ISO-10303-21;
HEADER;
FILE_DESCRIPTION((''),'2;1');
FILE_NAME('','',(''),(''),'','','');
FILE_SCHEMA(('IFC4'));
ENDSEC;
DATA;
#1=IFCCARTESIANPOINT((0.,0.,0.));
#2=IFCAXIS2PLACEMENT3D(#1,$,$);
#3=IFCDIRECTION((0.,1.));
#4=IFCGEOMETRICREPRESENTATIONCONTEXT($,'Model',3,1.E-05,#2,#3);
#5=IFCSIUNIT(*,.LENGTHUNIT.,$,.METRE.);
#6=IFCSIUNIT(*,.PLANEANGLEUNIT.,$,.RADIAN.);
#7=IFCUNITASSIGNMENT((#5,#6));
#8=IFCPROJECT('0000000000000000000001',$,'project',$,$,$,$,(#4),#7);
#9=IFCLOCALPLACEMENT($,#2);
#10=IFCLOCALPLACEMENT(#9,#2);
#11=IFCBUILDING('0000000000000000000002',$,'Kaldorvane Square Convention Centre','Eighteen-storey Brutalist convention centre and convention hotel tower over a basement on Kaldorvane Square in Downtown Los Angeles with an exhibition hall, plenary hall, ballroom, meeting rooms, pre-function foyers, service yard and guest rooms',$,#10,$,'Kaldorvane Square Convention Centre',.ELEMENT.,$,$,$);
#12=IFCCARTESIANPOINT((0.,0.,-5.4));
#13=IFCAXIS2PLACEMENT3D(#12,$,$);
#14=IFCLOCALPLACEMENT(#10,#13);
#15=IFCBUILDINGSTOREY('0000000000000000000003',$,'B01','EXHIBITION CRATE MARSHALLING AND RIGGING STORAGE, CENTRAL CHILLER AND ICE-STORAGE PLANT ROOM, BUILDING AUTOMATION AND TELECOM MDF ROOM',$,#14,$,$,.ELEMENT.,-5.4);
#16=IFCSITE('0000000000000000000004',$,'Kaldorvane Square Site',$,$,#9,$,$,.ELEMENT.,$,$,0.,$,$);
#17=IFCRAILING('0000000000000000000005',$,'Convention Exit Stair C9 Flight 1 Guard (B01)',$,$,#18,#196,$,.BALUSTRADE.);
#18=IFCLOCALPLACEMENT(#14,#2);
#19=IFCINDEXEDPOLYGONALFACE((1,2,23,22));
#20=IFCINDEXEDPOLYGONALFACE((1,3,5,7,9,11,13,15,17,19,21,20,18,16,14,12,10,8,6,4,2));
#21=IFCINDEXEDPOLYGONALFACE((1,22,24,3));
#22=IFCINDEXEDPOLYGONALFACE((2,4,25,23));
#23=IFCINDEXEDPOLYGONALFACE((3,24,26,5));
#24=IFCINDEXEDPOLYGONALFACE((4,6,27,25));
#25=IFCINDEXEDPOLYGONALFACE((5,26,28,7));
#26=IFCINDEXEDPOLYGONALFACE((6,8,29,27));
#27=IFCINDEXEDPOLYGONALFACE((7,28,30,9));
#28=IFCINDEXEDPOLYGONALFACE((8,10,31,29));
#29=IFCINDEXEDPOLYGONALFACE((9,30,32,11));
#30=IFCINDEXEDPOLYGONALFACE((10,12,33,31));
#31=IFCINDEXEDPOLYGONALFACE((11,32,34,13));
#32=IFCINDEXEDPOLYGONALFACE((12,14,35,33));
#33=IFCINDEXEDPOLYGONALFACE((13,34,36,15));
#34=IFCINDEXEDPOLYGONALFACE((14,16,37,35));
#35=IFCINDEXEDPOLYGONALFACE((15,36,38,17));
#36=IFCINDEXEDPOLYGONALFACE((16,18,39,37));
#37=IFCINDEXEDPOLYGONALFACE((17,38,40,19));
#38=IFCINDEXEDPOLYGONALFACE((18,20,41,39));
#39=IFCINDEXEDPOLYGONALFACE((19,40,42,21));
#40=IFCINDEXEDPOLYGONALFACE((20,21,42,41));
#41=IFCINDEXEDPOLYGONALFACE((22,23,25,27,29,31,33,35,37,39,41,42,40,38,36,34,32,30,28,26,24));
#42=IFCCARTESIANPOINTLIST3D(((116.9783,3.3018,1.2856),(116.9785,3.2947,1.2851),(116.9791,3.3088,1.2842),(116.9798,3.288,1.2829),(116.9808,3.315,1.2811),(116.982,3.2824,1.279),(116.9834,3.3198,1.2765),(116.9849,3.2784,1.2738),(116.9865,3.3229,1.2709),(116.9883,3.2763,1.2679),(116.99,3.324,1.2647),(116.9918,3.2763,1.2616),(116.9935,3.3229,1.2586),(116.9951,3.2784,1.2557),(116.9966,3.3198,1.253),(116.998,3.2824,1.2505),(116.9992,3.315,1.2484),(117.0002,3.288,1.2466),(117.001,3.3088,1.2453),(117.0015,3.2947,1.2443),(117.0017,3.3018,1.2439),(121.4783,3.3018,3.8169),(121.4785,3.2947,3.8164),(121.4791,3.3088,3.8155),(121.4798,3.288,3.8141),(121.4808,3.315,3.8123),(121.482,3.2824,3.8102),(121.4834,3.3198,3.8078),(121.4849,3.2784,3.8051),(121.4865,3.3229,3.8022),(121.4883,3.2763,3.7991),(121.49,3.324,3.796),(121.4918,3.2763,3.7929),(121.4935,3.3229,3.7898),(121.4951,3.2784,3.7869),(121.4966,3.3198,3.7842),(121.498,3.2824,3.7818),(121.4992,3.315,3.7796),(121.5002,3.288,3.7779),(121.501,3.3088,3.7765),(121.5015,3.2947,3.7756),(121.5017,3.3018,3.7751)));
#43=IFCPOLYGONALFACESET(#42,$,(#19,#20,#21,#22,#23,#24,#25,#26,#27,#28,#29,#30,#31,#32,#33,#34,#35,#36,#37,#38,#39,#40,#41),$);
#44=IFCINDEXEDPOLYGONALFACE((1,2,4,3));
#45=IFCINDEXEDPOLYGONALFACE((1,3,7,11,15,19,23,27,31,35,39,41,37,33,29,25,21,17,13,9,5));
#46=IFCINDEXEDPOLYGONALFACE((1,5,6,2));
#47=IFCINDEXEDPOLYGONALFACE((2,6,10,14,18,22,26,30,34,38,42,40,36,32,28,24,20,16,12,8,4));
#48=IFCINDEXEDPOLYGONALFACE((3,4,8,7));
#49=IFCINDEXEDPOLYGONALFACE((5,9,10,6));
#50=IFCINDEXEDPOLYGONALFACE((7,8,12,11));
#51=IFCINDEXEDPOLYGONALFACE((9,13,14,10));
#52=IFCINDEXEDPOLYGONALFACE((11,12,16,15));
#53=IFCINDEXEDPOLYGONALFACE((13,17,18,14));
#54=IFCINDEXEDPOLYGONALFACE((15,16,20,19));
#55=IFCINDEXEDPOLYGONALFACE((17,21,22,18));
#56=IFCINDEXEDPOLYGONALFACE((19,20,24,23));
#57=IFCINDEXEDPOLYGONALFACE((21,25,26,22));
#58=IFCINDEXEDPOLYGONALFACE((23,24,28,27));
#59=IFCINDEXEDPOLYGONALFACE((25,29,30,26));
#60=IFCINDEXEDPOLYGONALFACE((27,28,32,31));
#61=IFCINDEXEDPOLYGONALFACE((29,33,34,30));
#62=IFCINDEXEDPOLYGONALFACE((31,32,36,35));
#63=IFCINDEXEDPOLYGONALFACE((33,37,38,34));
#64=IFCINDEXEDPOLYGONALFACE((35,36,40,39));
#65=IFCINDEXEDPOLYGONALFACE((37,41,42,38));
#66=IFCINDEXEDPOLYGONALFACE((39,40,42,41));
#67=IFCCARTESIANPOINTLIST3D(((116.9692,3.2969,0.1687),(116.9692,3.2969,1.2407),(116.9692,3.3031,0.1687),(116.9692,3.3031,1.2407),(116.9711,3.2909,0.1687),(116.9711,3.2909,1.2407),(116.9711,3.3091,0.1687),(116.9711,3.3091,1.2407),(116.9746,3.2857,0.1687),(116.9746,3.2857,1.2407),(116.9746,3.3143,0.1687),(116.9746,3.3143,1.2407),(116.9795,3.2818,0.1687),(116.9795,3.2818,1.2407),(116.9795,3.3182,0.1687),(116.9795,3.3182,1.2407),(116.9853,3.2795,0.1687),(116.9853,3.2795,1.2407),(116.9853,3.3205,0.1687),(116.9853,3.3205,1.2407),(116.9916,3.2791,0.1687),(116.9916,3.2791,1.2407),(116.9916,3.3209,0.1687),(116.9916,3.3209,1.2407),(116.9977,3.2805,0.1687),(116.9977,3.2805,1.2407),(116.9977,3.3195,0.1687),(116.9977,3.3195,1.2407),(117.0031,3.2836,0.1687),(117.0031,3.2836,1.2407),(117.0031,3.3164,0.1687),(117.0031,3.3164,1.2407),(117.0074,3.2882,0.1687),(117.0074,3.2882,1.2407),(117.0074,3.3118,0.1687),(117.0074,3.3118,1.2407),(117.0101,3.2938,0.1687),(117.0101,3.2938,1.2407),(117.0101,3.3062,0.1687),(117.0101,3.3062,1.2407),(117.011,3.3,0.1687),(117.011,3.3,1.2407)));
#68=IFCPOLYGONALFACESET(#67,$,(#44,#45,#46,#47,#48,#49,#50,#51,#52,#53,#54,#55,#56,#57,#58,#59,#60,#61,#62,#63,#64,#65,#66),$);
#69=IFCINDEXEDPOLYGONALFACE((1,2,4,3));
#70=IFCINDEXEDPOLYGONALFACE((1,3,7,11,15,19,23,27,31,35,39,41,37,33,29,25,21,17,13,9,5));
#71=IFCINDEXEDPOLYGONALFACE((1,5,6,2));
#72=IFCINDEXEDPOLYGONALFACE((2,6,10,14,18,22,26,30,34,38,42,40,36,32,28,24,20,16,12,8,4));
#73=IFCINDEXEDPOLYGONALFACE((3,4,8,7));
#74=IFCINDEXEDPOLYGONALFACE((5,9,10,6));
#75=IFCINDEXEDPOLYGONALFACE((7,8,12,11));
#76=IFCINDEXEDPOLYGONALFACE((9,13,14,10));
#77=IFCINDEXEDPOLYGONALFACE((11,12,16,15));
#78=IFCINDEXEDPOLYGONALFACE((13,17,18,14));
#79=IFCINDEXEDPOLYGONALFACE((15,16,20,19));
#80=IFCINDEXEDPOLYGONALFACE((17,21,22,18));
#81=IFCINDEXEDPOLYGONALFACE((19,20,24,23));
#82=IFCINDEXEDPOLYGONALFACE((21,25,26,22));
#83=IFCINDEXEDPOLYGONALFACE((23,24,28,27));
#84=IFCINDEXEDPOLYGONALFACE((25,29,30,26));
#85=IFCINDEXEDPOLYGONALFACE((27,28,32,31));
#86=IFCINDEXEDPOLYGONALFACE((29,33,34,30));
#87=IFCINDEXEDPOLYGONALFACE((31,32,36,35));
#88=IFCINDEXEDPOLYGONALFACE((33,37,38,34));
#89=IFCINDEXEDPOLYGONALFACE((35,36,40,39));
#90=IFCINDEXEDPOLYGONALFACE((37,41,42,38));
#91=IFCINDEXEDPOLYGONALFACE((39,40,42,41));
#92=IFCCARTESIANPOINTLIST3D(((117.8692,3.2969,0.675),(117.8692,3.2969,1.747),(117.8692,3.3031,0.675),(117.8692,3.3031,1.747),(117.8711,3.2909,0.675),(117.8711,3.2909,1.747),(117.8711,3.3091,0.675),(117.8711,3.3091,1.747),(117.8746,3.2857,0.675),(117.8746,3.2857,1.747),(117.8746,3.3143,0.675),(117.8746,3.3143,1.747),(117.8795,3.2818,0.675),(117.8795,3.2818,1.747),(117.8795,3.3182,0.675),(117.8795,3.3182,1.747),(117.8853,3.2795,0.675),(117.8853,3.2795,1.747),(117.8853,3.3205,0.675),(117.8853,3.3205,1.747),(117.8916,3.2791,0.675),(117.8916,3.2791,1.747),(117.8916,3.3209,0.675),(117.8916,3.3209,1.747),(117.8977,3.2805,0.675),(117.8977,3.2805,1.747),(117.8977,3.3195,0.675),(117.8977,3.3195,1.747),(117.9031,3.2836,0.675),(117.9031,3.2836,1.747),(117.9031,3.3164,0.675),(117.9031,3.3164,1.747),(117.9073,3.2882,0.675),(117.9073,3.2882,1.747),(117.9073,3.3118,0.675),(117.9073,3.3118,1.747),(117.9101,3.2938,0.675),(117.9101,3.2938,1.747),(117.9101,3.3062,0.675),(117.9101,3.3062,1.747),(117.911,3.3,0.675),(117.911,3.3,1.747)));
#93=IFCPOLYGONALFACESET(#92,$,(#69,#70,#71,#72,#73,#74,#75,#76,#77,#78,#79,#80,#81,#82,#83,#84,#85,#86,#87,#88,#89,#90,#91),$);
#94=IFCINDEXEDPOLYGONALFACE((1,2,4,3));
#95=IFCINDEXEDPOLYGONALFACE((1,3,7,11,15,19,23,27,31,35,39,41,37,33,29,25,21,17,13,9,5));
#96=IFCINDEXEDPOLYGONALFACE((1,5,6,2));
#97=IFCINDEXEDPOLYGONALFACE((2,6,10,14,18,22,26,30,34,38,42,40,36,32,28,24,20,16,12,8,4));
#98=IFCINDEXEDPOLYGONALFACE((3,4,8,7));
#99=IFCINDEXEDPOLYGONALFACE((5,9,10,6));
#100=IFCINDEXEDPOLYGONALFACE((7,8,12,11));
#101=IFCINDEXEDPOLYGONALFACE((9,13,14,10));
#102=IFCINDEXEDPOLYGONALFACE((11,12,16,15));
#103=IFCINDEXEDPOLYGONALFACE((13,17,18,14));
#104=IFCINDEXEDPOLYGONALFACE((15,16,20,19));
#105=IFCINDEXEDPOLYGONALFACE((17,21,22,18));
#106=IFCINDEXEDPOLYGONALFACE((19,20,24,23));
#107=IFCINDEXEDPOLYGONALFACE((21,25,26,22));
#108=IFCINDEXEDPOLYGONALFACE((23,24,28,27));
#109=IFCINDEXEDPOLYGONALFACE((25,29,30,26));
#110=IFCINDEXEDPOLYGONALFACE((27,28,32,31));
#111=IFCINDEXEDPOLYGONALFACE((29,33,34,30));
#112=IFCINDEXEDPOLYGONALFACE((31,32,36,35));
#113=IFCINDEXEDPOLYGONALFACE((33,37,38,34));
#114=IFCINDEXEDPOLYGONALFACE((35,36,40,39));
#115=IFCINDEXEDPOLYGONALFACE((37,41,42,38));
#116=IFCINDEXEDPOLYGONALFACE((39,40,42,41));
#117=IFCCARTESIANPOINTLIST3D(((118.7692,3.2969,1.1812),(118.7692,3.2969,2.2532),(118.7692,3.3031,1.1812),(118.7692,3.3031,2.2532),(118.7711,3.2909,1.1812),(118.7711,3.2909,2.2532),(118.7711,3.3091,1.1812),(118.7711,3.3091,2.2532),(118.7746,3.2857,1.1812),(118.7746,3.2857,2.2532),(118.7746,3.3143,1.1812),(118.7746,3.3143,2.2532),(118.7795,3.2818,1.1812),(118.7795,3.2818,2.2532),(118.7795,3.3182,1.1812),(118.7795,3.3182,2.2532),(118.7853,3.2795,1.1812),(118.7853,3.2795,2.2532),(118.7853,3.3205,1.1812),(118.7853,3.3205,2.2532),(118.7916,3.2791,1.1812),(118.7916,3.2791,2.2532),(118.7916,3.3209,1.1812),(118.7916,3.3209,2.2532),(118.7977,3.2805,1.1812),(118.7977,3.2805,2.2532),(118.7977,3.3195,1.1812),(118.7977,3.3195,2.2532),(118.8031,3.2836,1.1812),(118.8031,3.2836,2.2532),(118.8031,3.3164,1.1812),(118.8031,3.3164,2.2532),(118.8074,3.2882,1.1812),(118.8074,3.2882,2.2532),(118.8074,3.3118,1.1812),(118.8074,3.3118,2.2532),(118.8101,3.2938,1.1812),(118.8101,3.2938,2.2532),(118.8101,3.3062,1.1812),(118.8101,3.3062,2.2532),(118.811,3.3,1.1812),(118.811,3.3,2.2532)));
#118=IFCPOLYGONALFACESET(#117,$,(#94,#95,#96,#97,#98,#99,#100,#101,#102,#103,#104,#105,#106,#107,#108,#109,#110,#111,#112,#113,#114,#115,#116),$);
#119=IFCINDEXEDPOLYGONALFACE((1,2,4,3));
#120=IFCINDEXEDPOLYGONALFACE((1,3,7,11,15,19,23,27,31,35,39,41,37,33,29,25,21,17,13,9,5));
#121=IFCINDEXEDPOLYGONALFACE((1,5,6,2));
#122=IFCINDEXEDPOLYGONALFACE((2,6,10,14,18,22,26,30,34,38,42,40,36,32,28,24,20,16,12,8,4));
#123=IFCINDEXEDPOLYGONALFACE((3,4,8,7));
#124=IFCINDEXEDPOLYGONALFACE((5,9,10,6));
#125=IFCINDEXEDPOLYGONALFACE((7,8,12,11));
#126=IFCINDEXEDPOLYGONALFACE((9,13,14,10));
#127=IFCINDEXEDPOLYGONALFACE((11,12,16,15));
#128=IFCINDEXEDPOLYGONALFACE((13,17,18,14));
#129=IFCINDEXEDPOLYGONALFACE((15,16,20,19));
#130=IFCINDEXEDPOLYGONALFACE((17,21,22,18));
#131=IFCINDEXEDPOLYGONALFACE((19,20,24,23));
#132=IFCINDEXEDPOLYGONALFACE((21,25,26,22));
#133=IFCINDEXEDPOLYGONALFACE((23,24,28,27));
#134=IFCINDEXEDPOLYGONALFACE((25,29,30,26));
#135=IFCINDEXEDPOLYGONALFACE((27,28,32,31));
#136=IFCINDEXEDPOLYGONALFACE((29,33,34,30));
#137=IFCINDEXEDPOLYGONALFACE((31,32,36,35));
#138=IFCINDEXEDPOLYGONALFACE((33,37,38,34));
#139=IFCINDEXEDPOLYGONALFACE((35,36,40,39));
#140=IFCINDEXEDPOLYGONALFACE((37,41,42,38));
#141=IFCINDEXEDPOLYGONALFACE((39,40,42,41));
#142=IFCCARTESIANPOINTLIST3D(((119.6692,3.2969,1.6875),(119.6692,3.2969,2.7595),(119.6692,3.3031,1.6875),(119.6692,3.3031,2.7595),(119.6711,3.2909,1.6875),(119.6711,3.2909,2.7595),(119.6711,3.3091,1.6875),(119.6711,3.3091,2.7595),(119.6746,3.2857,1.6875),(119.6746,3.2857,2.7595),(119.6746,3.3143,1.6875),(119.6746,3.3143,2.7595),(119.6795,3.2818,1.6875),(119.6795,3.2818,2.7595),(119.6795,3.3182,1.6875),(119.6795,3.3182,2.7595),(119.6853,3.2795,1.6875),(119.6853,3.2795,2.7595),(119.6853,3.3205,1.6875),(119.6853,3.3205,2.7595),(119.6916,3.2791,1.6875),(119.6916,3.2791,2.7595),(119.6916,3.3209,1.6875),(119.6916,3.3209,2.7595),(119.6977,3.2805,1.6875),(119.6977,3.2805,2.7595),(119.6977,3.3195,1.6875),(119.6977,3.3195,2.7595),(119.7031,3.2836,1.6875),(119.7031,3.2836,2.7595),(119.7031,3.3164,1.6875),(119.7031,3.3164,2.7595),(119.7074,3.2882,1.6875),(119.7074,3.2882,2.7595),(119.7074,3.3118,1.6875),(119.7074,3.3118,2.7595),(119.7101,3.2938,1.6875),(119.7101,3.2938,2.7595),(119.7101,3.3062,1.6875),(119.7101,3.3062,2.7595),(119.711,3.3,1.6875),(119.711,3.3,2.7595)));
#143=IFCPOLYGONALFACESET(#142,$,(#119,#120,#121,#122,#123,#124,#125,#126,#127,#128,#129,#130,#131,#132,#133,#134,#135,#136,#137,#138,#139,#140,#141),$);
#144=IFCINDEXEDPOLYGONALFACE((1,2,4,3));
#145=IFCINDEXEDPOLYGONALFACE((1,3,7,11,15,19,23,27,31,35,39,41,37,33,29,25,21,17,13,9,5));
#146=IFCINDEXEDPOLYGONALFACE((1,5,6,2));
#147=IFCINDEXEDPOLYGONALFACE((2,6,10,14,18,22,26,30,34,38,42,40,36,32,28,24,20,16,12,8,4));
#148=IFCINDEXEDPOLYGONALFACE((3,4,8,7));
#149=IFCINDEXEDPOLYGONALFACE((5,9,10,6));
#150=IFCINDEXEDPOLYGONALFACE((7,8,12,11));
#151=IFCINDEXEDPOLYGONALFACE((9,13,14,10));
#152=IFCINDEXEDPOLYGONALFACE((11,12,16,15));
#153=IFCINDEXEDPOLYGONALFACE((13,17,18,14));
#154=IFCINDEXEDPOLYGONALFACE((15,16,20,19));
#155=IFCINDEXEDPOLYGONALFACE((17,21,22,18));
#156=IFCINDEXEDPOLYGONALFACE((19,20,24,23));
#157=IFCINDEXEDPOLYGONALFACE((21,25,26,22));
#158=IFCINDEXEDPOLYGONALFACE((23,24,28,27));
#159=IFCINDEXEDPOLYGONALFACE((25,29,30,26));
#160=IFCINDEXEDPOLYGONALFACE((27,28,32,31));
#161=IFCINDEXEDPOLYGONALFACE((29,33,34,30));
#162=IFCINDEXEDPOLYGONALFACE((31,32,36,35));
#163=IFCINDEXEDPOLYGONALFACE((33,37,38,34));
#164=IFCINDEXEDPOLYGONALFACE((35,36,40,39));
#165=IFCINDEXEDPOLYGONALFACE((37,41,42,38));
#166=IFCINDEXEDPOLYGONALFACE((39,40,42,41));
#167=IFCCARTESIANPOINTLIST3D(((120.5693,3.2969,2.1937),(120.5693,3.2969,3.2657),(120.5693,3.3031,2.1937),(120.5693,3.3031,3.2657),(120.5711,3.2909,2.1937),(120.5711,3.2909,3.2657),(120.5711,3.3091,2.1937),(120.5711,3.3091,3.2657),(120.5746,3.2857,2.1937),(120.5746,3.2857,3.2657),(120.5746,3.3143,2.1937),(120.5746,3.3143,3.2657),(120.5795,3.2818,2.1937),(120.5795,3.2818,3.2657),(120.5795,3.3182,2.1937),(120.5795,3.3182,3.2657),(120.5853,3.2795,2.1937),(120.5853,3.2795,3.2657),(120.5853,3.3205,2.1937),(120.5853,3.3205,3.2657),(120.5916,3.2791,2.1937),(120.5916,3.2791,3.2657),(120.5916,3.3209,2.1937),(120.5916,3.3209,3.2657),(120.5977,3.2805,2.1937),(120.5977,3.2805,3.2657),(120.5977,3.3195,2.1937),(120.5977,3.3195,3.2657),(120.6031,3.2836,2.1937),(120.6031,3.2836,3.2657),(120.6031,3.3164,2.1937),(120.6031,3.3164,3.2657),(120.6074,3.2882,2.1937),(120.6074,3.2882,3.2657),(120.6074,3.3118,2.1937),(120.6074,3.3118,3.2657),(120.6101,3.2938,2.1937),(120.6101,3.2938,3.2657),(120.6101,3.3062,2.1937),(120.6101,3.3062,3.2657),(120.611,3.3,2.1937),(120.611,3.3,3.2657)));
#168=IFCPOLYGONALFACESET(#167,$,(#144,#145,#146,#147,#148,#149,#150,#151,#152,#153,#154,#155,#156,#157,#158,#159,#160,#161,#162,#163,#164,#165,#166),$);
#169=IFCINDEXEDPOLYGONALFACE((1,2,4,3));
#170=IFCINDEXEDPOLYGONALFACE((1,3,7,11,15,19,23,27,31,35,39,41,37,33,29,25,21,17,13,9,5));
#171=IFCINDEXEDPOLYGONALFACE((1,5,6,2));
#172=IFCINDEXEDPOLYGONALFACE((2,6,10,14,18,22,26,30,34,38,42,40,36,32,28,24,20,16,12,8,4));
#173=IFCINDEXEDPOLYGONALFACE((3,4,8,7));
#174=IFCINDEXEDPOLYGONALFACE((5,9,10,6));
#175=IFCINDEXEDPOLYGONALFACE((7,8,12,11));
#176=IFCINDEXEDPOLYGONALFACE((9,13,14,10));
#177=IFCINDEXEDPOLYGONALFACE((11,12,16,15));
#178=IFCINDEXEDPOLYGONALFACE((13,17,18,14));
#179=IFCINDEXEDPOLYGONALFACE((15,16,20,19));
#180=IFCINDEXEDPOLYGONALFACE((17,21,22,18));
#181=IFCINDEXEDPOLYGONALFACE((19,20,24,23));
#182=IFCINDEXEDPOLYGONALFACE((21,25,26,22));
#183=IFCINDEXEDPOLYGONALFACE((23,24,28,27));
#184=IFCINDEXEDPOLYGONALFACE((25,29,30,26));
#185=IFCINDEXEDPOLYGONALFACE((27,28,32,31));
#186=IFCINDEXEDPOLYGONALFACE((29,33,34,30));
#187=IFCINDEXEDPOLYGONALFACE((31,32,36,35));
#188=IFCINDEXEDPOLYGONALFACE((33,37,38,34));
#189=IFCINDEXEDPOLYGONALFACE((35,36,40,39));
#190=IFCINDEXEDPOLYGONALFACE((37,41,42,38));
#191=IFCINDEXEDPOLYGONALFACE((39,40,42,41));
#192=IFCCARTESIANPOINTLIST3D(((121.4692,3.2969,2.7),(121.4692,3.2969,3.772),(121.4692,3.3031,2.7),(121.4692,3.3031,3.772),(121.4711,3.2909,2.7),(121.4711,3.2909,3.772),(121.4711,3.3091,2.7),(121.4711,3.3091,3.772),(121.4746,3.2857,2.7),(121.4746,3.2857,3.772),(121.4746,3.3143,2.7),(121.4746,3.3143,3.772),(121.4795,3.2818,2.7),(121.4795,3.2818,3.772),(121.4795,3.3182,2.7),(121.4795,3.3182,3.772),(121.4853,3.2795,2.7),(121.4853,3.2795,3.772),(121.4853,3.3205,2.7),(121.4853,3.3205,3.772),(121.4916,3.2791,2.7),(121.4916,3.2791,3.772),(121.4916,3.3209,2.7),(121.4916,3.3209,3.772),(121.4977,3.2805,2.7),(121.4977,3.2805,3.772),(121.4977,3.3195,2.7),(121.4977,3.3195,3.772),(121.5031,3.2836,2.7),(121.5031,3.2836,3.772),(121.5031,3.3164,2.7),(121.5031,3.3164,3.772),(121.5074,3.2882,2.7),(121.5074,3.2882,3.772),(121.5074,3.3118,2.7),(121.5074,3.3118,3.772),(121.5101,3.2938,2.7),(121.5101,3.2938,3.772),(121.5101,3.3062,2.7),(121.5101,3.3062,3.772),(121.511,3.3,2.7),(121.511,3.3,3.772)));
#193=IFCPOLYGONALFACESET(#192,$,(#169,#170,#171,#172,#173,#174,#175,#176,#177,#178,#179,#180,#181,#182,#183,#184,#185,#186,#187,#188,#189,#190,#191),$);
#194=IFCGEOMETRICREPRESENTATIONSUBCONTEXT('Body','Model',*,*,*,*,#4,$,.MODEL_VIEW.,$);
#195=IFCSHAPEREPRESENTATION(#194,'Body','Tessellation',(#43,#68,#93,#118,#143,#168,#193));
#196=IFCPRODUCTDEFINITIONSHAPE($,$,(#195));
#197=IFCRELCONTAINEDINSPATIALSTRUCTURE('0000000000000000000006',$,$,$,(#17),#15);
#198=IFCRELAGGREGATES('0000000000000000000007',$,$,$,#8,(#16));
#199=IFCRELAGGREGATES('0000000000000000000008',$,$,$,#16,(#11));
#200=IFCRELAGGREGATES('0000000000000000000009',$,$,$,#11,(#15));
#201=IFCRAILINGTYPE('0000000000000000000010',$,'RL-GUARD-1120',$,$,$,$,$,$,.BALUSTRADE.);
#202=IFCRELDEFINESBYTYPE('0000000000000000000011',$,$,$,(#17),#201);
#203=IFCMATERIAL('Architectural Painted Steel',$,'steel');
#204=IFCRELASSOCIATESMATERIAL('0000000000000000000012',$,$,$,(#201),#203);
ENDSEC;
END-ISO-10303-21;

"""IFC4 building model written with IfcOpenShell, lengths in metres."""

from ifc_helpers import new_model, si_unit, direction, frame, origin, origin_2d, place, context, subcontext, project, spatial, circle, extrude, material, type_object, element, save


model = new_model("IFC4")

# Units and contexts
model_context = context("Model", 3, precision=1e-05, world=origin(), true_north=direction((0.0, 1.0)))
body_context = subcontext(model_context, "Body", "Model", "MODEL_VIEW")
ifc_project = project(units=[si_unit("LENGTHUNIT", "METRE"), si_unit("PLANEANGLEUNIT", "RADIAN")], contexts=[model_context])

# Site, building, storey
site_placement = place(None, origin())
site = spatial("IfcSite", under=ifc_project, at=site_placement, Name="Kaldorvane Square Site", CompositionType="ELEMENT", RefElevation=0.0)
building_placement = place(site_placement, origin())
building = spatial("IfcBuilding", under=site, at=building_placement, Name="Kaldorvane Square Convention Centre", Description="Eighteen-storey Brutalist convention centre and convention hotel tower over a basement on Kaldorvane Square in Downtown Los Angeles with an exhibition hall, plenary hall, ballroom, meeting rooms, pre-function foyers, service yard and guest rooms", LongName="Kaldorvane Square Convention Centre", CompositionType="ELEMENT")
storey_placement = place(building_placement, frame((0.0, 0.0, -5.4)))
storey = spatial("IfcBuildingStorey", under=building, at=storey_placement, Name="B01", Description="EXHIBITION CRATE MARSHALLING AND RIGGING STORAGE, CENTRAL CHILLER AND ICE-STORAGE PLANT ROOM, BUILDING AUTOMATION AND TELECOM MDF ROOM", CompositionType="ELEMENT", Elevation=-5.4)

# Railing
ifc_material_1 = material(Name="Architectural Painted Steel", Category="steel")
railing_type_1 = type_object("IfcRailingType", Name="RL-GUARD-1120", PredefinedType="BALUSTRADE", material=ifc_material_1)
railing_1_placement = place(storey_placement, frame((116.99, 3.3, 0.1687)))
element("IfcRailing", 1, at=railing_1_placement, inside=storey, type_object=railing_type_1, Name="Convention Exit Stair C9 Flight 1 Guard (B01)", PredefinedType="BALUSTRADE", context=body_context, shape_type="SweptSolid", body=[
    extrude(circle(Radius=0.024, at=origin_2d()), frame((0.0, 0.0, 1.096), z_axis=(0.871576, 0.0, 0.490261), x_axis=(0.0, 1.0, 0.0)), (0.0, 0.0, 1.0), 5.1631),
    extrude(circle(Radius=0.021, at=origin_2d()), origin(), (0.0, 0.0, 1.0), 1.072),
    extrude(circle(Radius=0.021, at=origin_2d()), frame((0.9, 0.0, 0.5063)), (0.0, 0.0, 1.0), 1.072),
    extrude(circle(Radius=0.021, at=origin_2d()), frame((1.8, 0.0, 1.0125)), (0.0, 0.0, 1.0), 1.072),
    extrude(circle(Radius=0.021, at=origin_2d()), frame((2.7, 0.0, 1.5188)), (0.0, 0.0, 1.0), 1.072),
    extrude(circle(Radius=0.021, at=origin_2d()), frame((3.6, 0.0, 2.025)), (0.0, 0.0, 1.0), 1.072),
    extrude(circle(Radius=0.021, at=origin_2d()), frame((4.5, 0.0, 2.5312)), (0.0, 0.0, 1.0), 1.072),
])

save(model, "model.ifc")
